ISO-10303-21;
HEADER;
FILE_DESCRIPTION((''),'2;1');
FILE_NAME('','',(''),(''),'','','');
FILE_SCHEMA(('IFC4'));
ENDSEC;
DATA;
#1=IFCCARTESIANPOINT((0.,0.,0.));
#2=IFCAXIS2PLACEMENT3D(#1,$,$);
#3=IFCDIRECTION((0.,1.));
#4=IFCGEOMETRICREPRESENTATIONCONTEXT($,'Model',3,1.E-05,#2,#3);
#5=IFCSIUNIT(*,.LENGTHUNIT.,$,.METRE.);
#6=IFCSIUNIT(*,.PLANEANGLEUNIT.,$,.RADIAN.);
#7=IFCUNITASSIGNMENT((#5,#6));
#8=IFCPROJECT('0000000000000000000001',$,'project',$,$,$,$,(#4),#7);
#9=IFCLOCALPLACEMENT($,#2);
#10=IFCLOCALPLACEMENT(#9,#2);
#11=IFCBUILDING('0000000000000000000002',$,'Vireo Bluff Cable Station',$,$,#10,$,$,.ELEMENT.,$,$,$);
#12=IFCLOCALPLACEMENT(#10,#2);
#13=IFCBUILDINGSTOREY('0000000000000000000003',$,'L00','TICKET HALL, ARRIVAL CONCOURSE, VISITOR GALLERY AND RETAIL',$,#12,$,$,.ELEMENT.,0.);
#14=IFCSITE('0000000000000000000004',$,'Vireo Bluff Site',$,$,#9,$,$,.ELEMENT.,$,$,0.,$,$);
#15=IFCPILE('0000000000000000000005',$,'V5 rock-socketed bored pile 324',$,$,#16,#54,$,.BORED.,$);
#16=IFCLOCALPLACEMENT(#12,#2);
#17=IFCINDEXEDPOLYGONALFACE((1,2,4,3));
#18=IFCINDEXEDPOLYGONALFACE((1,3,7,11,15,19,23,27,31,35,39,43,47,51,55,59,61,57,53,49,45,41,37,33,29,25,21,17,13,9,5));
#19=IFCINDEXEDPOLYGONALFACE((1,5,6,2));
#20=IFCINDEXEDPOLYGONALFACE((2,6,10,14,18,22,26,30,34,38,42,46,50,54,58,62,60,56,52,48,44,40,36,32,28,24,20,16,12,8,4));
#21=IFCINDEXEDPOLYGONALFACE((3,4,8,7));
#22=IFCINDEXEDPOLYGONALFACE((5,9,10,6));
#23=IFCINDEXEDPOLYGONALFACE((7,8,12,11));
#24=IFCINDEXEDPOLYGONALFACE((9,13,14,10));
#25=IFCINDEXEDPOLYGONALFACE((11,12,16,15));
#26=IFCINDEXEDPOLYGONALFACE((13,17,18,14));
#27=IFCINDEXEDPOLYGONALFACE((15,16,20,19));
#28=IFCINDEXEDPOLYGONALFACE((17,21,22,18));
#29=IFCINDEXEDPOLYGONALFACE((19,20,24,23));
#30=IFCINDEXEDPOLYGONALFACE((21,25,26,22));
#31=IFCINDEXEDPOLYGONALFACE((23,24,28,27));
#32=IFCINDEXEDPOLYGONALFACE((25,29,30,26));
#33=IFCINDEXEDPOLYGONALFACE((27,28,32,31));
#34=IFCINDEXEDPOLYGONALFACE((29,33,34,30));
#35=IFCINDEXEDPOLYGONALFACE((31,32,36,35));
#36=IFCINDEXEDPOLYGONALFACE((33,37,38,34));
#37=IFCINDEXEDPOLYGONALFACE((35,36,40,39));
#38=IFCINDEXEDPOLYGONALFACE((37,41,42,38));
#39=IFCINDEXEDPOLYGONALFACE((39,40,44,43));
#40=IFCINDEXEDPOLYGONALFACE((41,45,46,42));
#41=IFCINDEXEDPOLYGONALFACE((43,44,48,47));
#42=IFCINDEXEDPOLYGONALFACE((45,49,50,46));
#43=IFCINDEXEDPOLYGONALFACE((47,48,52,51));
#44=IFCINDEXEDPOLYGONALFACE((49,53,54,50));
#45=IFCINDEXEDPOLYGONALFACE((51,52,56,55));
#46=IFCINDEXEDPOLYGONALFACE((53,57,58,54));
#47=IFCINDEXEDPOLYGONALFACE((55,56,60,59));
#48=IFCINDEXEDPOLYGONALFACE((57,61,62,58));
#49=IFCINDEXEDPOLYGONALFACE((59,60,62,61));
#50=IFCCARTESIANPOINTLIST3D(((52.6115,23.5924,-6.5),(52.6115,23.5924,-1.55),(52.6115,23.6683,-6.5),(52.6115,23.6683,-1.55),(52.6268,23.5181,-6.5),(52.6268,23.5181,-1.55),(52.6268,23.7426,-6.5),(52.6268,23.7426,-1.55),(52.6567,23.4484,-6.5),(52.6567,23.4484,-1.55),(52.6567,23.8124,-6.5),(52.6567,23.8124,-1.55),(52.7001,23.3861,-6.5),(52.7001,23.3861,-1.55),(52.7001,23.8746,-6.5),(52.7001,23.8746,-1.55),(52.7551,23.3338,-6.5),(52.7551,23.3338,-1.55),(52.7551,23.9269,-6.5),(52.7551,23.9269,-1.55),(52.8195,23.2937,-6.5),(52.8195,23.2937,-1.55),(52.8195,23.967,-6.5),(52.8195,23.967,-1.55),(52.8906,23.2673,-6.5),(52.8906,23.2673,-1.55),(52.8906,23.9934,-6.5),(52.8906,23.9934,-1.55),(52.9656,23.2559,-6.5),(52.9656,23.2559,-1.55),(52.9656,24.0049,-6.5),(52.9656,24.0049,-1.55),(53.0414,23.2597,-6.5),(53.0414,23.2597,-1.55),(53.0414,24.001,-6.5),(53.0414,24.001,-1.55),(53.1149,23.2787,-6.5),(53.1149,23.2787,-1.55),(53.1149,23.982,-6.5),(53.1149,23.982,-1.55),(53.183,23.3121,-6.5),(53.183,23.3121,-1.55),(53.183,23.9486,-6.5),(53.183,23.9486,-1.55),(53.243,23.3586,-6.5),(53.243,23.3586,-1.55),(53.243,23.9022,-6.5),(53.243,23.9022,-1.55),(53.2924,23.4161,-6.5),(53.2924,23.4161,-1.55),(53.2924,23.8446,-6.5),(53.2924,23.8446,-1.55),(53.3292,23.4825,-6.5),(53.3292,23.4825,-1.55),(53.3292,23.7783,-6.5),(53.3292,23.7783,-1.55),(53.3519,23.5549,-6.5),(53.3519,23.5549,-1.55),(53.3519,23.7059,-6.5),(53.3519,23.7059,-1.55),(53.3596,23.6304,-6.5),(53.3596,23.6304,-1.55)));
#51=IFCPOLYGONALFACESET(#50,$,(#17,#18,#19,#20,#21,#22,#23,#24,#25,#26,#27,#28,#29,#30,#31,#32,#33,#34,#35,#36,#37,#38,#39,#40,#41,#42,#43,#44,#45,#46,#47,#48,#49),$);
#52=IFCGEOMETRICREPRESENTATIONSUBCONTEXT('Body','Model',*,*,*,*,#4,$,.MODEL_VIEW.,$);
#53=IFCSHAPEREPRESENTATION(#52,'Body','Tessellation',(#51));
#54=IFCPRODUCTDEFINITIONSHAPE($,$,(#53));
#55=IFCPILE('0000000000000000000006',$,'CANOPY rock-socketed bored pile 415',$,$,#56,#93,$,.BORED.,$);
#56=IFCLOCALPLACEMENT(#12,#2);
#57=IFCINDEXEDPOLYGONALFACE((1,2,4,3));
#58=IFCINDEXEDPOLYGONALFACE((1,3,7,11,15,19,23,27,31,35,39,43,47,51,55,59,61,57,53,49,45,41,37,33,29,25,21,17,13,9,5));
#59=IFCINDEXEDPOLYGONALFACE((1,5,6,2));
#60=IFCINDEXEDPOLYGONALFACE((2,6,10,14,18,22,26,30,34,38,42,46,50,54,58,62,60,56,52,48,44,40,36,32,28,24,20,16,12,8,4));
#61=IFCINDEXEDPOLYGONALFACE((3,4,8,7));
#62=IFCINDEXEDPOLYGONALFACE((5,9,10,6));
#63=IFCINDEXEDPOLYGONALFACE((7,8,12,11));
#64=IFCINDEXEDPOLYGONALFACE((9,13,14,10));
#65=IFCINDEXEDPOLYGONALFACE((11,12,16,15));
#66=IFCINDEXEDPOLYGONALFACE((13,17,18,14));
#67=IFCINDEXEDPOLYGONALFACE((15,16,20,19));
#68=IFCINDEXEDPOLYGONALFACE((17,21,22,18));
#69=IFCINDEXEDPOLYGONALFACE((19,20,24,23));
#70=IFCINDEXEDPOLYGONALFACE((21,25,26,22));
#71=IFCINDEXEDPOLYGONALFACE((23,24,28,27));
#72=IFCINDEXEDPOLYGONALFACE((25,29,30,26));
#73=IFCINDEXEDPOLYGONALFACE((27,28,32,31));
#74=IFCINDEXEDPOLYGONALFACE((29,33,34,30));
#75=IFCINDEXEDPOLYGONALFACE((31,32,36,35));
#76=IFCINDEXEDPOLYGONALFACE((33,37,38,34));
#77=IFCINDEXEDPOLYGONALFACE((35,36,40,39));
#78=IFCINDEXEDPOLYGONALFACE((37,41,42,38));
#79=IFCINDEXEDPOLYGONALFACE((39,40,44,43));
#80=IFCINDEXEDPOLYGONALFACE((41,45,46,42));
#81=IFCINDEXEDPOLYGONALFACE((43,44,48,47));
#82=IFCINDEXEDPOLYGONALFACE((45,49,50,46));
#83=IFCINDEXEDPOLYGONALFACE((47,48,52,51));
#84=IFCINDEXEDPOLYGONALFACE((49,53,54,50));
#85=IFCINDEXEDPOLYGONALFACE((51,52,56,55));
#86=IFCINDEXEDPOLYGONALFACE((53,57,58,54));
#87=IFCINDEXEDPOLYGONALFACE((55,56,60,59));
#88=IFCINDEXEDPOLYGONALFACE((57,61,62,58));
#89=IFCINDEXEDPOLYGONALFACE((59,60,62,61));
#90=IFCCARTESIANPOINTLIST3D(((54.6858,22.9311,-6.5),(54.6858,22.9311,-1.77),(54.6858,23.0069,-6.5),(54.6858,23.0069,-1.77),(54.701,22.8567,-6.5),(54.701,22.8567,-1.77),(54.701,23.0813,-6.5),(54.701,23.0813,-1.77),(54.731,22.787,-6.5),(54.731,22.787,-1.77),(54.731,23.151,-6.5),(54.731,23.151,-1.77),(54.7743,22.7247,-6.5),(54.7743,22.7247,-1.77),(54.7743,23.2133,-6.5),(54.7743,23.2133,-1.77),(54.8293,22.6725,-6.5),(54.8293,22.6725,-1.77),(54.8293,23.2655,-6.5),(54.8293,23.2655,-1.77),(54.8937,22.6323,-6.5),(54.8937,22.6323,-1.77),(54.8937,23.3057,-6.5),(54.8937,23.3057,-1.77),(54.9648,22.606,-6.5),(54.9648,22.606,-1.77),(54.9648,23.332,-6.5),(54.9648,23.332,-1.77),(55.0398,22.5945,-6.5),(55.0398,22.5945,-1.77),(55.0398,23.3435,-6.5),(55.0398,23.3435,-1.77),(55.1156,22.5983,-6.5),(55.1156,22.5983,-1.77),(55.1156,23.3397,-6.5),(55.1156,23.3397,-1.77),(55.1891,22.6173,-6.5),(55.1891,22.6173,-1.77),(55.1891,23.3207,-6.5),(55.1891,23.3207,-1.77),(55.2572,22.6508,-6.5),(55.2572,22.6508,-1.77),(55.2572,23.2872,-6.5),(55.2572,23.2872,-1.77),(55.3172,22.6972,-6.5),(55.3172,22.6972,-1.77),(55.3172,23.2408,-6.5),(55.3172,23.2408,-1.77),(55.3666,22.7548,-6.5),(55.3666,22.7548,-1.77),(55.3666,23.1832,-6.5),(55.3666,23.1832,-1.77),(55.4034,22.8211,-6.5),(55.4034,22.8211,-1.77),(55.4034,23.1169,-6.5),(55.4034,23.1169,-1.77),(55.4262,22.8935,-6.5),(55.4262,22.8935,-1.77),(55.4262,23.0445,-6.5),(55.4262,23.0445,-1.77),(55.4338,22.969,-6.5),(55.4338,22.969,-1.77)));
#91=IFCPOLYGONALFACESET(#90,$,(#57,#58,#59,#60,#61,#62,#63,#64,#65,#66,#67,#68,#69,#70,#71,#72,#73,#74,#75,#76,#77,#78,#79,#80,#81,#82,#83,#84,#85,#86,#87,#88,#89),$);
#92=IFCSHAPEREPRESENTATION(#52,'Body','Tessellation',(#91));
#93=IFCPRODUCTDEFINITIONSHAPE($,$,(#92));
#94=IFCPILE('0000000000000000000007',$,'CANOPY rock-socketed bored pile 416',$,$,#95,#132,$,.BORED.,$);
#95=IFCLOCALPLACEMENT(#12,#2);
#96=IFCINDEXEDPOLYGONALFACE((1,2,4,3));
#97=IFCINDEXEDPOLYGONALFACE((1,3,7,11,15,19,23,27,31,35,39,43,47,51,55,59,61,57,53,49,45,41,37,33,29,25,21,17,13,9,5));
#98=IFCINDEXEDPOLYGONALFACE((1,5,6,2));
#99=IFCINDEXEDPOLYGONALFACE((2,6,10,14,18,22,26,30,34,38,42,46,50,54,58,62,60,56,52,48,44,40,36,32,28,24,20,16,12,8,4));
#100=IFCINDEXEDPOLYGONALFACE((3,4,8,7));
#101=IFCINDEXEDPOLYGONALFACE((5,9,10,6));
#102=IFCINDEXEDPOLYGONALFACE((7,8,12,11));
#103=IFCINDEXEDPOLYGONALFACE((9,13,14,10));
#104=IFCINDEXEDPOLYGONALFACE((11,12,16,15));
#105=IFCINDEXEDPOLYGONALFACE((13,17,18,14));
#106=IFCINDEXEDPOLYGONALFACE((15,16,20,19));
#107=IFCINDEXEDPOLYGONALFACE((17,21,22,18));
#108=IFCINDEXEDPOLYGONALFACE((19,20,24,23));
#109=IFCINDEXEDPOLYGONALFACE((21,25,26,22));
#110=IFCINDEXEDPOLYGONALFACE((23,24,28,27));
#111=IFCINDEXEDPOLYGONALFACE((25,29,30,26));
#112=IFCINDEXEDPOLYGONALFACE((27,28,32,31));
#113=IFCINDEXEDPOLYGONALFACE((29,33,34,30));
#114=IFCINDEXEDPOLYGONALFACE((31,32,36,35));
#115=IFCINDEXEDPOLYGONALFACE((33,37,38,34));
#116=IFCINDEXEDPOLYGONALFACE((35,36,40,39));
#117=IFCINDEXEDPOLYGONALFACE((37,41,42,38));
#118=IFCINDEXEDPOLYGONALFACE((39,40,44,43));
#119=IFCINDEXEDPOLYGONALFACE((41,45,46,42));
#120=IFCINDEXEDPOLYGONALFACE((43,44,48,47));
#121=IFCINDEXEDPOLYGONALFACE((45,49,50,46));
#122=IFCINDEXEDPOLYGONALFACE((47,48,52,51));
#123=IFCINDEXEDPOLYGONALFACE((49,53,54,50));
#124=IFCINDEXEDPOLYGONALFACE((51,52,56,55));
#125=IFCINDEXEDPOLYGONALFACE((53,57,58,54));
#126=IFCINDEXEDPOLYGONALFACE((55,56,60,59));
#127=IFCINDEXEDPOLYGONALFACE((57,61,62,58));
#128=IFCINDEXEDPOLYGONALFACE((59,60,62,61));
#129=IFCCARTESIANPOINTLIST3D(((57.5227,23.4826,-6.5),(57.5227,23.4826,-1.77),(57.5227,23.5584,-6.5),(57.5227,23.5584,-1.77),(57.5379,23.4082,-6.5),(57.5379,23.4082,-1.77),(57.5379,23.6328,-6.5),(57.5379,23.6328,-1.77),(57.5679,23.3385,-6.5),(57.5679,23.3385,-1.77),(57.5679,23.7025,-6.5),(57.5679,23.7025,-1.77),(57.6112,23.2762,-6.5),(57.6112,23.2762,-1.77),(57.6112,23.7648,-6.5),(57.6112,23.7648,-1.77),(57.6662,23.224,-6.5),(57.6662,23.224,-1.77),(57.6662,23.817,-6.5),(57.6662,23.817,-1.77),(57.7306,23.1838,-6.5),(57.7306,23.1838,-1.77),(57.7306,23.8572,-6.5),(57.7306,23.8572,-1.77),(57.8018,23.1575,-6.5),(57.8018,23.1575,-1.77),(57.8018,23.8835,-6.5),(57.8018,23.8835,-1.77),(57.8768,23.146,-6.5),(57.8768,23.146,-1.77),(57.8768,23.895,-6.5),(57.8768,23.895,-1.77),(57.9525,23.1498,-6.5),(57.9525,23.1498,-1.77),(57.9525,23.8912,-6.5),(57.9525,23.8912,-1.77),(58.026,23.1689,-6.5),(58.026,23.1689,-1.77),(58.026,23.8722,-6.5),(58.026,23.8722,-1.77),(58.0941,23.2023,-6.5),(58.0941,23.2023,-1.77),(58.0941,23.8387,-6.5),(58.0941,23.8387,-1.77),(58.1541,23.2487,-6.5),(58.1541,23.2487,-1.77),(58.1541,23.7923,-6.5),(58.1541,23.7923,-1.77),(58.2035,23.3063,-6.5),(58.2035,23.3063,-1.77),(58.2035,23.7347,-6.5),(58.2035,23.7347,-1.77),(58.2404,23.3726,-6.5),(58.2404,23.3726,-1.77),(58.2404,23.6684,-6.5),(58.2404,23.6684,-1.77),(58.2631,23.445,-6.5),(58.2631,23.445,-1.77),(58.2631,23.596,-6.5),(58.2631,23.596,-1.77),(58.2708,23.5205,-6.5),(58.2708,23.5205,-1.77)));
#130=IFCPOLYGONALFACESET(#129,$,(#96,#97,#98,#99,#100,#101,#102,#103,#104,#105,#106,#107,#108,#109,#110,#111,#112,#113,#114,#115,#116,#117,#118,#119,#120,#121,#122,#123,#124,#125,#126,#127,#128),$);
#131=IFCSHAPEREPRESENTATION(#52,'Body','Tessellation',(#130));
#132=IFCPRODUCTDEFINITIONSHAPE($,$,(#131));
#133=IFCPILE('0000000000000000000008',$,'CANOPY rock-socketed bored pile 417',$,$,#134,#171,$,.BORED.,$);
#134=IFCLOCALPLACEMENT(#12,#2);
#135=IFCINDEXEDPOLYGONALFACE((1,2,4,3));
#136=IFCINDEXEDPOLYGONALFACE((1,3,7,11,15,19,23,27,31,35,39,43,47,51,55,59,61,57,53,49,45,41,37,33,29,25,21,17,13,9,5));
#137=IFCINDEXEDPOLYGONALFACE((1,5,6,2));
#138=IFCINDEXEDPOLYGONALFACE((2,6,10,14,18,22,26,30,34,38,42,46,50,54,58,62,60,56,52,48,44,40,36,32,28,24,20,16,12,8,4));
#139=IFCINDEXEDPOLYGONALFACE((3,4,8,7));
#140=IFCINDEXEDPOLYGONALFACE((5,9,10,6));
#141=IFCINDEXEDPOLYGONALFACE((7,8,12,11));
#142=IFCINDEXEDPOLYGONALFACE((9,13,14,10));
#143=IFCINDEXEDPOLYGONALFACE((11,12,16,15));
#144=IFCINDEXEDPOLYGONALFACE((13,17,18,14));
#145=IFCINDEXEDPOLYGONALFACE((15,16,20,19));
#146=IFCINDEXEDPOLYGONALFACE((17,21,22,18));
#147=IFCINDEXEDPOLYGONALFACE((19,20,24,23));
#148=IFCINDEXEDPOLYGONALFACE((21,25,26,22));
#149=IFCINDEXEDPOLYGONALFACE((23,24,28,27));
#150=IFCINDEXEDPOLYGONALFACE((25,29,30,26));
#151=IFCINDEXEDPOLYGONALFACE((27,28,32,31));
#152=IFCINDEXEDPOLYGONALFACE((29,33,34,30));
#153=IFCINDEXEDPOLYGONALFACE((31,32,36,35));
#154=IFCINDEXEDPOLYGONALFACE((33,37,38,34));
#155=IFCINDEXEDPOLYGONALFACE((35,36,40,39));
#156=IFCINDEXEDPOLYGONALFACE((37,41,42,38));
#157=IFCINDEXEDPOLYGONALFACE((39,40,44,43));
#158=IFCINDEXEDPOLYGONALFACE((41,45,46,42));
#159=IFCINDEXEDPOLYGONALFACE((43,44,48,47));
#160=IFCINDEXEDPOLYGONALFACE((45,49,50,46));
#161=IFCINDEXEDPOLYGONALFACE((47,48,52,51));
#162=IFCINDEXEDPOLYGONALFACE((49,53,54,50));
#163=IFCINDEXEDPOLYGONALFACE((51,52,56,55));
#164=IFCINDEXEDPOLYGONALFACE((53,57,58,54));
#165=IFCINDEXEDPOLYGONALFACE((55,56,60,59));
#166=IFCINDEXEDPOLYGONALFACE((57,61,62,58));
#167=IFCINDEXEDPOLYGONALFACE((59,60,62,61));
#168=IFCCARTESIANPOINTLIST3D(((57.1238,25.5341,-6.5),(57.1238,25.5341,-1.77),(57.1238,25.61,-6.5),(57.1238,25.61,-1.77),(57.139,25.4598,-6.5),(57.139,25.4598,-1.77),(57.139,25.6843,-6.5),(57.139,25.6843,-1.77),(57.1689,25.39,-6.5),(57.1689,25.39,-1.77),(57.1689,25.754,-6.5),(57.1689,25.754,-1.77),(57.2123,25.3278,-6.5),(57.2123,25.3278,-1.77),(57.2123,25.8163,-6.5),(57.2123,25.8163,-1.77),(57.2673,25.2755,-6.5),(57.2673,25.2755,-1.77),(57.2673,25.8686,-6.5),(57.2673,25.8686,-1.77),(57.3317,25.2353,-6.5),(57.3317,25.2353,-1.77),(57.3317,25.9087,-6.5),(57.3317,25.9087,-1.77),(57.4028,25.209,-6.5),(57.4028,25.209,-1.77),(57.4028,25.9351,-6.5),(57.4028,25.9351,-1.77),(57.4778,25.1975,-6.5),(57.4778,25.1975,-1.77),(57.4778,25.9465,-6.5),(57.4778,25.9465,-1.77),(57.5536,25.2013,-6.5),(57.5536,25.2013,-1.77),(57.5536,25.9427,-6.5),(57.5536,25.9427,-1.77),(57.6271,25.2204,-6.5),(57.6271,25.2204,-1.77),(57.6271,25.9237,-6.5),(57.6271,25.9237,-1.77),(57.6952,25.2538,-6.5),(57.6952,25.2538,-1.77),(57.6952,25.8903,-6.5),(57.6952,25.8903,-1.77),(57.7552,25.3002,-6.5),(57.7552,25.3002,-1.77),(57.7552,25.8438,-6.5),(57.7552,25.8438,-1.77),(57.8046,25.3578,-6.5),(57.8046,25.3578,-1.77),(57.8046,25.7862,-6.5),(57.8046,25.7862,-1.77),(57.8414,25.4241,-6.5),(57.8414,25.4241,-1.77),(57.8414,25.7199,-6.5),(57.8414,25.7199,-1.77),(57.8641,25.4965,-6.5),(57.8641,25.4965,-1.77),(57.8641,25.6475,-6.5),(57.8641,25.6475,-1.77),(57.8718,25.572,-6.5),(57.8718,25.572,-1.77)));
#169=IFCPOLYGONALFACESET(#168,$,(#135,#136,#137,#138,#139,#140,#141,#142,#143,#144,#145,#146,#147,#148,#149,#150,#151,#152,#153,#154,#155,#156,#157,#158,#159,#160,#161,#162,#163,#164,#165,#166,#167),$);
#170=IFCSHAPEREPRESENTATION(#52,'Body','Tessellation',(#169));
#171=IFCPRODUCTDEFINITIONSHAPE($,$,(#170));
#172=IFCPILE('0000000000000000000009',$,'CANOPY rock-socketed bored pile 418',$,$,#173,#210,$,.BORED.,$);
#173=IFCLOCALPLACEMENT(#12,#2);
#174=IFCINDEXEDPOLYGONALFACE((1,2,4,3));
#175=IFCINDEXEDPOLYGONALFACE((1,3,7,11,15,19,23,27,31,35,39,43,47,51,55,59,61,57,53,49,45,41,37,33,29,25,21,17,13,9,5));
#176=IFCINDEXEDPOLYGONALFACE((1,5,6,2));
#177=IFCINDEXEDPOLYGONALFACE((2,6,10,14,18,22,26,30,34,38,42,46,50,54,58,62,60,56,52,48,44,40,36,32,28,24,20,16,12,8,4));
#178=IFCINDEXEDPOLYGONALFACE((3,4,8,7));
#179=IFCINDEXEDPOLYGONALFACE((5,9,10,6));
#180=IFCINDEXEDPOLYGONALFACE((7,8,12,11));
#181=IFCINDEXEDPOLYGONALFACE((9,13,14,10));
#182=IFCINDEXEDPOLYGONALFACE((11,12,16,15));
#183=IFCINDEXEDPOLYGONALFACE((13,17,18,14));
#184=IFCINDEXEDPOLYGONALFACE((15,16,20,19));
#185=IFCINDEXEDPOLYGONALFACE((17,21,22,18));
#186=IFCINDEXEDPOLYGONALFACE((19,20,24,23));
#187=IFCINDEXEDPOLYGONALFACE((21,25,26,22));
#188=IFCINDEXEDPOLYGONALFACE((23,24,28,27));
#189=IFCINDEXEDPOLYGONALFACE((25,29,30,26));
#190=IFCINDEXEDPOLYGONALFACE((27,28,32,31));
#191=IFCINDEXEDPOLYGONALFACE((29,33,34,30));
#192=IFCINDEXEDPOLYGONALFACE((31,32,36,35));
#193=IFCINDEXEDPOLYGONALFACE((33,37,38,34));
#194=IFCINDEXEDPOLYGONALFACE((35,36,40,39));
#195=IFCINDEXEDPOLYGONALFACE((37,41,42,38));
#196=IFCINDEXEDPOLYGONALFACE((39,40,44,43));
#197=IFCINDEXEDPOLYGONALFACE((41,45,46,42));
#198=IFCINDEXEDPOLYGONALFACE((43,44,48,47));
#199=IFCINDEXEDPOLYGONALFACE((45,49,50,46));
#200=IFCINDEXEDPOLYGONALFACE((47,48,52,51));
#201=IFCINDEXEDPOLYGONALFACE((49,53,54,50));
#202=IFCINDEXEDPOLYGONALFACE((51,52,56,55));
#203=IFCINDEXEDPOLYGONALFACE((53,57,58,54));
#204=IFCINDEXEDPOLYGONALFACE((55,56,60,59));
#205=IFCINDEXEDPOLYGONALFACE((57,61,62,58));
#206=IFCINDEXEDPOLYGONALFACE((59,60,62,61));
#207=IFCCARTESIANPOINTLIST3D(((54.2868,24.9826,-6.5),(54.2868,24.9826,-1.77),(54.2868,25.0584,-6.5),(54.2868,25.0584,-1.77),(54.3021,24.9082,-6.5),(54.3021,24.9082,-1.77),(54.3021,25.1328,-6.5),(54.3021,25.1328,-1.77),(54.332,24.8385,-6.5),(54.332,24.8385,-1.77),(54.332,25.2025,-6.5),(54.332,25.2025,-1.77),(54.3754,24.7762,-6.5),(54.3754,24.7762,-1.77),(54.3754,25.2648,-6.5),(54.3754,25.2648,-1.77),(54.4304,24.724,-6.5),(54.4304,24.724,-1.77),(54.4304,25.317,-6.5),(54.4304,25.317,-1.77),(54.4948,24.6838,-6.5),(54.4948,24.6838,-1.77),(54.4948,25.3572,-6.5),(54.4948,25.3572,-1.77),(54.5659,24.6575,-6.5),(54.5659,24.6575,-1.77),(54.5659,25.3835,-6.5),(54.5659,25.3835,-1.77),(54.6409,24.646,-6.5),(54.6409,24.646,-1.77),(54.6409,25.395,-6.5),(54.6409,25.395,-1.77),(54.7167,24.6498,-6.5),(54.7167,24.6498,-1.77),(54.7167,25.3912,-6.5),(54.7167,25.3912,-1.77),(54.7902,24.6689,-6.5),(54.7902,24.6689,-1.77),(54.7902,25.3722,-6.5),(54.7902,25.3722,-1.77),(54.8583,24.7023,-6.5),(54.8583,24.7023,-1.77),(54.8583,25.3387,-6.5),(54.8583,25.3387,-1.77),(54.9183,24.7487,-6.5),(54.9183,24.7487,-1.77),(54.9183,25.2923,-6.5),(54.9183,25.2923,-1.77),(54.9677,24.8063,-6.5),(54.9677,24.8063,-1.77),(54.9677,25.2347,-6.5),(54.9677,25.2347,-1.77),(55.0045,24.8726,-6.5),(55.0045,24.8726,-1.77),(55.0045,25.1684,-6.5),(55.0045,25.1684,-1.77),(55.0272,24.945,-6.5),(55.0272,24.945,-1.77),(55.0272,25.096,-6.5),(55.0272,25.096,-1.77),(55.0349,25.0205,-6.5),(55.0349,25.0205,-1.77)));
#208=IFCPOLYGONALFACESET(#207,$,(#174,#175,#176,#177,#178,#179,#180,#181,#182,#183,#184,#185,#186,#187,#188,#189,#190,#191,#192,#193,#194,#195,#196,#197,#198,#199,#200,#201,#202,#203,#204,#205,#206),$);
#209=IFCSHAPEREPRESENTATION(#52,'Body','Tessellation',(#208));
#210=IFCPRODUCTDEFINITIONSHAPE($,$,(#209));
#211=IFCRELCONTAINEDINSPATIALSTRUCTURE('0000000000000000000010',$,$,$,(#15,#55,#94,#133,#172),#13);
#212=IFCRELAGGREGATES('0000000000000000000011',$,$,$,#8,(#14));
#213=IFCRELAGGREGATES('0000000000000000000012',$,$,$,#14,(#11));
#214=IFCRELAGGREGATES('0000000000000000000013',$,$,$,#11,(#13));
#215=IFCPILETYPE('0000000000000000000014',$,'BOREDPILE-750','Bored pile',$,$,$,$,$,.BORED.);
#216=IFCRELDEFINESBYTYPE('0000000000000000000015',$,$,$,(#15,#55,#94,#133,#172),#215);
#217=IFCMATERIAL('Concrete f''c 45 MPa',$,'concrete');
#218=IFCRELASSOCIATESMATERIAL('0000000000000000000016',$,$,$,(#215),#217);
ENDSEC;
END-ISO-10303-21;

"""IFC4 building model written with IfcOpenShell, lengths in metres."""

from ifc_helpers import new_model, si_unit, direction, frame, origin, origin_2d, place, context, subcontext, project, spatial, circle, extrude, material, material_profile, profile_set, type_object, element, save


model = new_model("IFC4")

# Units and contexts
model_context = context("Model", 3, precision=1e-05, world=origin(), true_north=direction((0.0, 1.0)))
body_context = subcontext(model_context, "Body", "Model", "MODEL_VIEW")
ifc_project = project(units=[si_unit("LENGTHUNIT", "METRE"), si_unit("PLANEANGLEUNIT", "RADIAN")], contexts=[model_context])

# Site, building, storey
site_placement = place(None, origin())
site = spatial("IfcSite", under=ifc_project, at=site_placement, Name="Vireo Bluff Site", CompositionType="ELEMENT", RefElevation=0.0)
building_placement = place(site_placement, origin())
building = spatial("IfcBuilding", under=site, at=building_placement, Name="Vireo Bluff Cable Station", CompositionType="ELEMENT")
storey_placement = place(building_placement, origin())
storey = spatial("IfcBuildingStorey", under=building, at=storey_placement, Name="L00", Description="TICKET HALL, ARRIVAL CONCOURSE, VISITOR GALLERY AND RETAIL", CompositionType="ELEMENT", Elevation=0.0)

# Piles
ifc_material_1 = material(Name="Concrete f'c 45 MPa", Category="concrete")
ifc_material_profile_1 = material_profile(ifc_material_1, circle(Radius=0.375, at=origin_2d()), Name="BOREDPILE-750")
ifc_profile_set_1 = profile_set([ifc_material_profile_1], Name="Concrete f'c 45 MPa")
pile_type = type_object("IfcPileType", Name="BOREDPILE-750", Description="Bored pile", PredefinedType="BORED", material=ifc_profile_set_1)
pile_1_placement = place(storey_placement, frame((52.9846, 23.6304, -1.55), z_axis=(0.0, 0.0, -1.0), x_axis=(1.0, 0.0, 0.0)))
element("IfcPile", 1, at=pile_1_placement, inside=storey, type_object=pile_type, Name="V5 rock-socketed bored pile 324", PredefinedType="BORED", context=body_context, shape_type="SweptSolid", body=[
    extrude(circle(Radius=0.375, at=origin_2d()), origin(), (0.0, 0.0, 1.0), 4.95),
])
for number, where, z_axis, x_axis, name in (
    (2, (55.0588, 22.969, -1.77), (0.0, 0.0, -1.0), (1.0, 0.0, 0.0), "CANOPY rock-socketed bored pile 415"),
    (3, (57.8958, 23.5205, -1.77), (0.0, 0.0, -1.0), (1.0, 0.0, 0.0), "CANOPY rock-socketed bored pile 416"),
    (4, (57.4968, 25.572, -1.77), (0.0, 0.0, -1.0), (1.0, 0.0, 0.0), "CANOPY rock-socketed bored pile 417"),
    (5, (54.6599, 25.0205, -1.77), (0.0, 0.0, -1.0), (1.0, 0.0, 0.0), "CANOPY rock-socketed bored pile 418"),
):
    element("IfcPile", number, at=place(storey_placement, frame(where, z_axis=z_axis, x_axis=x_axis)), inside=storey, type_object=pile_type, Name=name, PredefinedType="BORED", context=body_context, shape_type="SweptSolid", body=[
        extrude(circle(Radius=0.375, at=origin_2d()), origin(), (0.0, 0.0, 1.0), 4.73),
    ])

save(model, "model.ifc")
